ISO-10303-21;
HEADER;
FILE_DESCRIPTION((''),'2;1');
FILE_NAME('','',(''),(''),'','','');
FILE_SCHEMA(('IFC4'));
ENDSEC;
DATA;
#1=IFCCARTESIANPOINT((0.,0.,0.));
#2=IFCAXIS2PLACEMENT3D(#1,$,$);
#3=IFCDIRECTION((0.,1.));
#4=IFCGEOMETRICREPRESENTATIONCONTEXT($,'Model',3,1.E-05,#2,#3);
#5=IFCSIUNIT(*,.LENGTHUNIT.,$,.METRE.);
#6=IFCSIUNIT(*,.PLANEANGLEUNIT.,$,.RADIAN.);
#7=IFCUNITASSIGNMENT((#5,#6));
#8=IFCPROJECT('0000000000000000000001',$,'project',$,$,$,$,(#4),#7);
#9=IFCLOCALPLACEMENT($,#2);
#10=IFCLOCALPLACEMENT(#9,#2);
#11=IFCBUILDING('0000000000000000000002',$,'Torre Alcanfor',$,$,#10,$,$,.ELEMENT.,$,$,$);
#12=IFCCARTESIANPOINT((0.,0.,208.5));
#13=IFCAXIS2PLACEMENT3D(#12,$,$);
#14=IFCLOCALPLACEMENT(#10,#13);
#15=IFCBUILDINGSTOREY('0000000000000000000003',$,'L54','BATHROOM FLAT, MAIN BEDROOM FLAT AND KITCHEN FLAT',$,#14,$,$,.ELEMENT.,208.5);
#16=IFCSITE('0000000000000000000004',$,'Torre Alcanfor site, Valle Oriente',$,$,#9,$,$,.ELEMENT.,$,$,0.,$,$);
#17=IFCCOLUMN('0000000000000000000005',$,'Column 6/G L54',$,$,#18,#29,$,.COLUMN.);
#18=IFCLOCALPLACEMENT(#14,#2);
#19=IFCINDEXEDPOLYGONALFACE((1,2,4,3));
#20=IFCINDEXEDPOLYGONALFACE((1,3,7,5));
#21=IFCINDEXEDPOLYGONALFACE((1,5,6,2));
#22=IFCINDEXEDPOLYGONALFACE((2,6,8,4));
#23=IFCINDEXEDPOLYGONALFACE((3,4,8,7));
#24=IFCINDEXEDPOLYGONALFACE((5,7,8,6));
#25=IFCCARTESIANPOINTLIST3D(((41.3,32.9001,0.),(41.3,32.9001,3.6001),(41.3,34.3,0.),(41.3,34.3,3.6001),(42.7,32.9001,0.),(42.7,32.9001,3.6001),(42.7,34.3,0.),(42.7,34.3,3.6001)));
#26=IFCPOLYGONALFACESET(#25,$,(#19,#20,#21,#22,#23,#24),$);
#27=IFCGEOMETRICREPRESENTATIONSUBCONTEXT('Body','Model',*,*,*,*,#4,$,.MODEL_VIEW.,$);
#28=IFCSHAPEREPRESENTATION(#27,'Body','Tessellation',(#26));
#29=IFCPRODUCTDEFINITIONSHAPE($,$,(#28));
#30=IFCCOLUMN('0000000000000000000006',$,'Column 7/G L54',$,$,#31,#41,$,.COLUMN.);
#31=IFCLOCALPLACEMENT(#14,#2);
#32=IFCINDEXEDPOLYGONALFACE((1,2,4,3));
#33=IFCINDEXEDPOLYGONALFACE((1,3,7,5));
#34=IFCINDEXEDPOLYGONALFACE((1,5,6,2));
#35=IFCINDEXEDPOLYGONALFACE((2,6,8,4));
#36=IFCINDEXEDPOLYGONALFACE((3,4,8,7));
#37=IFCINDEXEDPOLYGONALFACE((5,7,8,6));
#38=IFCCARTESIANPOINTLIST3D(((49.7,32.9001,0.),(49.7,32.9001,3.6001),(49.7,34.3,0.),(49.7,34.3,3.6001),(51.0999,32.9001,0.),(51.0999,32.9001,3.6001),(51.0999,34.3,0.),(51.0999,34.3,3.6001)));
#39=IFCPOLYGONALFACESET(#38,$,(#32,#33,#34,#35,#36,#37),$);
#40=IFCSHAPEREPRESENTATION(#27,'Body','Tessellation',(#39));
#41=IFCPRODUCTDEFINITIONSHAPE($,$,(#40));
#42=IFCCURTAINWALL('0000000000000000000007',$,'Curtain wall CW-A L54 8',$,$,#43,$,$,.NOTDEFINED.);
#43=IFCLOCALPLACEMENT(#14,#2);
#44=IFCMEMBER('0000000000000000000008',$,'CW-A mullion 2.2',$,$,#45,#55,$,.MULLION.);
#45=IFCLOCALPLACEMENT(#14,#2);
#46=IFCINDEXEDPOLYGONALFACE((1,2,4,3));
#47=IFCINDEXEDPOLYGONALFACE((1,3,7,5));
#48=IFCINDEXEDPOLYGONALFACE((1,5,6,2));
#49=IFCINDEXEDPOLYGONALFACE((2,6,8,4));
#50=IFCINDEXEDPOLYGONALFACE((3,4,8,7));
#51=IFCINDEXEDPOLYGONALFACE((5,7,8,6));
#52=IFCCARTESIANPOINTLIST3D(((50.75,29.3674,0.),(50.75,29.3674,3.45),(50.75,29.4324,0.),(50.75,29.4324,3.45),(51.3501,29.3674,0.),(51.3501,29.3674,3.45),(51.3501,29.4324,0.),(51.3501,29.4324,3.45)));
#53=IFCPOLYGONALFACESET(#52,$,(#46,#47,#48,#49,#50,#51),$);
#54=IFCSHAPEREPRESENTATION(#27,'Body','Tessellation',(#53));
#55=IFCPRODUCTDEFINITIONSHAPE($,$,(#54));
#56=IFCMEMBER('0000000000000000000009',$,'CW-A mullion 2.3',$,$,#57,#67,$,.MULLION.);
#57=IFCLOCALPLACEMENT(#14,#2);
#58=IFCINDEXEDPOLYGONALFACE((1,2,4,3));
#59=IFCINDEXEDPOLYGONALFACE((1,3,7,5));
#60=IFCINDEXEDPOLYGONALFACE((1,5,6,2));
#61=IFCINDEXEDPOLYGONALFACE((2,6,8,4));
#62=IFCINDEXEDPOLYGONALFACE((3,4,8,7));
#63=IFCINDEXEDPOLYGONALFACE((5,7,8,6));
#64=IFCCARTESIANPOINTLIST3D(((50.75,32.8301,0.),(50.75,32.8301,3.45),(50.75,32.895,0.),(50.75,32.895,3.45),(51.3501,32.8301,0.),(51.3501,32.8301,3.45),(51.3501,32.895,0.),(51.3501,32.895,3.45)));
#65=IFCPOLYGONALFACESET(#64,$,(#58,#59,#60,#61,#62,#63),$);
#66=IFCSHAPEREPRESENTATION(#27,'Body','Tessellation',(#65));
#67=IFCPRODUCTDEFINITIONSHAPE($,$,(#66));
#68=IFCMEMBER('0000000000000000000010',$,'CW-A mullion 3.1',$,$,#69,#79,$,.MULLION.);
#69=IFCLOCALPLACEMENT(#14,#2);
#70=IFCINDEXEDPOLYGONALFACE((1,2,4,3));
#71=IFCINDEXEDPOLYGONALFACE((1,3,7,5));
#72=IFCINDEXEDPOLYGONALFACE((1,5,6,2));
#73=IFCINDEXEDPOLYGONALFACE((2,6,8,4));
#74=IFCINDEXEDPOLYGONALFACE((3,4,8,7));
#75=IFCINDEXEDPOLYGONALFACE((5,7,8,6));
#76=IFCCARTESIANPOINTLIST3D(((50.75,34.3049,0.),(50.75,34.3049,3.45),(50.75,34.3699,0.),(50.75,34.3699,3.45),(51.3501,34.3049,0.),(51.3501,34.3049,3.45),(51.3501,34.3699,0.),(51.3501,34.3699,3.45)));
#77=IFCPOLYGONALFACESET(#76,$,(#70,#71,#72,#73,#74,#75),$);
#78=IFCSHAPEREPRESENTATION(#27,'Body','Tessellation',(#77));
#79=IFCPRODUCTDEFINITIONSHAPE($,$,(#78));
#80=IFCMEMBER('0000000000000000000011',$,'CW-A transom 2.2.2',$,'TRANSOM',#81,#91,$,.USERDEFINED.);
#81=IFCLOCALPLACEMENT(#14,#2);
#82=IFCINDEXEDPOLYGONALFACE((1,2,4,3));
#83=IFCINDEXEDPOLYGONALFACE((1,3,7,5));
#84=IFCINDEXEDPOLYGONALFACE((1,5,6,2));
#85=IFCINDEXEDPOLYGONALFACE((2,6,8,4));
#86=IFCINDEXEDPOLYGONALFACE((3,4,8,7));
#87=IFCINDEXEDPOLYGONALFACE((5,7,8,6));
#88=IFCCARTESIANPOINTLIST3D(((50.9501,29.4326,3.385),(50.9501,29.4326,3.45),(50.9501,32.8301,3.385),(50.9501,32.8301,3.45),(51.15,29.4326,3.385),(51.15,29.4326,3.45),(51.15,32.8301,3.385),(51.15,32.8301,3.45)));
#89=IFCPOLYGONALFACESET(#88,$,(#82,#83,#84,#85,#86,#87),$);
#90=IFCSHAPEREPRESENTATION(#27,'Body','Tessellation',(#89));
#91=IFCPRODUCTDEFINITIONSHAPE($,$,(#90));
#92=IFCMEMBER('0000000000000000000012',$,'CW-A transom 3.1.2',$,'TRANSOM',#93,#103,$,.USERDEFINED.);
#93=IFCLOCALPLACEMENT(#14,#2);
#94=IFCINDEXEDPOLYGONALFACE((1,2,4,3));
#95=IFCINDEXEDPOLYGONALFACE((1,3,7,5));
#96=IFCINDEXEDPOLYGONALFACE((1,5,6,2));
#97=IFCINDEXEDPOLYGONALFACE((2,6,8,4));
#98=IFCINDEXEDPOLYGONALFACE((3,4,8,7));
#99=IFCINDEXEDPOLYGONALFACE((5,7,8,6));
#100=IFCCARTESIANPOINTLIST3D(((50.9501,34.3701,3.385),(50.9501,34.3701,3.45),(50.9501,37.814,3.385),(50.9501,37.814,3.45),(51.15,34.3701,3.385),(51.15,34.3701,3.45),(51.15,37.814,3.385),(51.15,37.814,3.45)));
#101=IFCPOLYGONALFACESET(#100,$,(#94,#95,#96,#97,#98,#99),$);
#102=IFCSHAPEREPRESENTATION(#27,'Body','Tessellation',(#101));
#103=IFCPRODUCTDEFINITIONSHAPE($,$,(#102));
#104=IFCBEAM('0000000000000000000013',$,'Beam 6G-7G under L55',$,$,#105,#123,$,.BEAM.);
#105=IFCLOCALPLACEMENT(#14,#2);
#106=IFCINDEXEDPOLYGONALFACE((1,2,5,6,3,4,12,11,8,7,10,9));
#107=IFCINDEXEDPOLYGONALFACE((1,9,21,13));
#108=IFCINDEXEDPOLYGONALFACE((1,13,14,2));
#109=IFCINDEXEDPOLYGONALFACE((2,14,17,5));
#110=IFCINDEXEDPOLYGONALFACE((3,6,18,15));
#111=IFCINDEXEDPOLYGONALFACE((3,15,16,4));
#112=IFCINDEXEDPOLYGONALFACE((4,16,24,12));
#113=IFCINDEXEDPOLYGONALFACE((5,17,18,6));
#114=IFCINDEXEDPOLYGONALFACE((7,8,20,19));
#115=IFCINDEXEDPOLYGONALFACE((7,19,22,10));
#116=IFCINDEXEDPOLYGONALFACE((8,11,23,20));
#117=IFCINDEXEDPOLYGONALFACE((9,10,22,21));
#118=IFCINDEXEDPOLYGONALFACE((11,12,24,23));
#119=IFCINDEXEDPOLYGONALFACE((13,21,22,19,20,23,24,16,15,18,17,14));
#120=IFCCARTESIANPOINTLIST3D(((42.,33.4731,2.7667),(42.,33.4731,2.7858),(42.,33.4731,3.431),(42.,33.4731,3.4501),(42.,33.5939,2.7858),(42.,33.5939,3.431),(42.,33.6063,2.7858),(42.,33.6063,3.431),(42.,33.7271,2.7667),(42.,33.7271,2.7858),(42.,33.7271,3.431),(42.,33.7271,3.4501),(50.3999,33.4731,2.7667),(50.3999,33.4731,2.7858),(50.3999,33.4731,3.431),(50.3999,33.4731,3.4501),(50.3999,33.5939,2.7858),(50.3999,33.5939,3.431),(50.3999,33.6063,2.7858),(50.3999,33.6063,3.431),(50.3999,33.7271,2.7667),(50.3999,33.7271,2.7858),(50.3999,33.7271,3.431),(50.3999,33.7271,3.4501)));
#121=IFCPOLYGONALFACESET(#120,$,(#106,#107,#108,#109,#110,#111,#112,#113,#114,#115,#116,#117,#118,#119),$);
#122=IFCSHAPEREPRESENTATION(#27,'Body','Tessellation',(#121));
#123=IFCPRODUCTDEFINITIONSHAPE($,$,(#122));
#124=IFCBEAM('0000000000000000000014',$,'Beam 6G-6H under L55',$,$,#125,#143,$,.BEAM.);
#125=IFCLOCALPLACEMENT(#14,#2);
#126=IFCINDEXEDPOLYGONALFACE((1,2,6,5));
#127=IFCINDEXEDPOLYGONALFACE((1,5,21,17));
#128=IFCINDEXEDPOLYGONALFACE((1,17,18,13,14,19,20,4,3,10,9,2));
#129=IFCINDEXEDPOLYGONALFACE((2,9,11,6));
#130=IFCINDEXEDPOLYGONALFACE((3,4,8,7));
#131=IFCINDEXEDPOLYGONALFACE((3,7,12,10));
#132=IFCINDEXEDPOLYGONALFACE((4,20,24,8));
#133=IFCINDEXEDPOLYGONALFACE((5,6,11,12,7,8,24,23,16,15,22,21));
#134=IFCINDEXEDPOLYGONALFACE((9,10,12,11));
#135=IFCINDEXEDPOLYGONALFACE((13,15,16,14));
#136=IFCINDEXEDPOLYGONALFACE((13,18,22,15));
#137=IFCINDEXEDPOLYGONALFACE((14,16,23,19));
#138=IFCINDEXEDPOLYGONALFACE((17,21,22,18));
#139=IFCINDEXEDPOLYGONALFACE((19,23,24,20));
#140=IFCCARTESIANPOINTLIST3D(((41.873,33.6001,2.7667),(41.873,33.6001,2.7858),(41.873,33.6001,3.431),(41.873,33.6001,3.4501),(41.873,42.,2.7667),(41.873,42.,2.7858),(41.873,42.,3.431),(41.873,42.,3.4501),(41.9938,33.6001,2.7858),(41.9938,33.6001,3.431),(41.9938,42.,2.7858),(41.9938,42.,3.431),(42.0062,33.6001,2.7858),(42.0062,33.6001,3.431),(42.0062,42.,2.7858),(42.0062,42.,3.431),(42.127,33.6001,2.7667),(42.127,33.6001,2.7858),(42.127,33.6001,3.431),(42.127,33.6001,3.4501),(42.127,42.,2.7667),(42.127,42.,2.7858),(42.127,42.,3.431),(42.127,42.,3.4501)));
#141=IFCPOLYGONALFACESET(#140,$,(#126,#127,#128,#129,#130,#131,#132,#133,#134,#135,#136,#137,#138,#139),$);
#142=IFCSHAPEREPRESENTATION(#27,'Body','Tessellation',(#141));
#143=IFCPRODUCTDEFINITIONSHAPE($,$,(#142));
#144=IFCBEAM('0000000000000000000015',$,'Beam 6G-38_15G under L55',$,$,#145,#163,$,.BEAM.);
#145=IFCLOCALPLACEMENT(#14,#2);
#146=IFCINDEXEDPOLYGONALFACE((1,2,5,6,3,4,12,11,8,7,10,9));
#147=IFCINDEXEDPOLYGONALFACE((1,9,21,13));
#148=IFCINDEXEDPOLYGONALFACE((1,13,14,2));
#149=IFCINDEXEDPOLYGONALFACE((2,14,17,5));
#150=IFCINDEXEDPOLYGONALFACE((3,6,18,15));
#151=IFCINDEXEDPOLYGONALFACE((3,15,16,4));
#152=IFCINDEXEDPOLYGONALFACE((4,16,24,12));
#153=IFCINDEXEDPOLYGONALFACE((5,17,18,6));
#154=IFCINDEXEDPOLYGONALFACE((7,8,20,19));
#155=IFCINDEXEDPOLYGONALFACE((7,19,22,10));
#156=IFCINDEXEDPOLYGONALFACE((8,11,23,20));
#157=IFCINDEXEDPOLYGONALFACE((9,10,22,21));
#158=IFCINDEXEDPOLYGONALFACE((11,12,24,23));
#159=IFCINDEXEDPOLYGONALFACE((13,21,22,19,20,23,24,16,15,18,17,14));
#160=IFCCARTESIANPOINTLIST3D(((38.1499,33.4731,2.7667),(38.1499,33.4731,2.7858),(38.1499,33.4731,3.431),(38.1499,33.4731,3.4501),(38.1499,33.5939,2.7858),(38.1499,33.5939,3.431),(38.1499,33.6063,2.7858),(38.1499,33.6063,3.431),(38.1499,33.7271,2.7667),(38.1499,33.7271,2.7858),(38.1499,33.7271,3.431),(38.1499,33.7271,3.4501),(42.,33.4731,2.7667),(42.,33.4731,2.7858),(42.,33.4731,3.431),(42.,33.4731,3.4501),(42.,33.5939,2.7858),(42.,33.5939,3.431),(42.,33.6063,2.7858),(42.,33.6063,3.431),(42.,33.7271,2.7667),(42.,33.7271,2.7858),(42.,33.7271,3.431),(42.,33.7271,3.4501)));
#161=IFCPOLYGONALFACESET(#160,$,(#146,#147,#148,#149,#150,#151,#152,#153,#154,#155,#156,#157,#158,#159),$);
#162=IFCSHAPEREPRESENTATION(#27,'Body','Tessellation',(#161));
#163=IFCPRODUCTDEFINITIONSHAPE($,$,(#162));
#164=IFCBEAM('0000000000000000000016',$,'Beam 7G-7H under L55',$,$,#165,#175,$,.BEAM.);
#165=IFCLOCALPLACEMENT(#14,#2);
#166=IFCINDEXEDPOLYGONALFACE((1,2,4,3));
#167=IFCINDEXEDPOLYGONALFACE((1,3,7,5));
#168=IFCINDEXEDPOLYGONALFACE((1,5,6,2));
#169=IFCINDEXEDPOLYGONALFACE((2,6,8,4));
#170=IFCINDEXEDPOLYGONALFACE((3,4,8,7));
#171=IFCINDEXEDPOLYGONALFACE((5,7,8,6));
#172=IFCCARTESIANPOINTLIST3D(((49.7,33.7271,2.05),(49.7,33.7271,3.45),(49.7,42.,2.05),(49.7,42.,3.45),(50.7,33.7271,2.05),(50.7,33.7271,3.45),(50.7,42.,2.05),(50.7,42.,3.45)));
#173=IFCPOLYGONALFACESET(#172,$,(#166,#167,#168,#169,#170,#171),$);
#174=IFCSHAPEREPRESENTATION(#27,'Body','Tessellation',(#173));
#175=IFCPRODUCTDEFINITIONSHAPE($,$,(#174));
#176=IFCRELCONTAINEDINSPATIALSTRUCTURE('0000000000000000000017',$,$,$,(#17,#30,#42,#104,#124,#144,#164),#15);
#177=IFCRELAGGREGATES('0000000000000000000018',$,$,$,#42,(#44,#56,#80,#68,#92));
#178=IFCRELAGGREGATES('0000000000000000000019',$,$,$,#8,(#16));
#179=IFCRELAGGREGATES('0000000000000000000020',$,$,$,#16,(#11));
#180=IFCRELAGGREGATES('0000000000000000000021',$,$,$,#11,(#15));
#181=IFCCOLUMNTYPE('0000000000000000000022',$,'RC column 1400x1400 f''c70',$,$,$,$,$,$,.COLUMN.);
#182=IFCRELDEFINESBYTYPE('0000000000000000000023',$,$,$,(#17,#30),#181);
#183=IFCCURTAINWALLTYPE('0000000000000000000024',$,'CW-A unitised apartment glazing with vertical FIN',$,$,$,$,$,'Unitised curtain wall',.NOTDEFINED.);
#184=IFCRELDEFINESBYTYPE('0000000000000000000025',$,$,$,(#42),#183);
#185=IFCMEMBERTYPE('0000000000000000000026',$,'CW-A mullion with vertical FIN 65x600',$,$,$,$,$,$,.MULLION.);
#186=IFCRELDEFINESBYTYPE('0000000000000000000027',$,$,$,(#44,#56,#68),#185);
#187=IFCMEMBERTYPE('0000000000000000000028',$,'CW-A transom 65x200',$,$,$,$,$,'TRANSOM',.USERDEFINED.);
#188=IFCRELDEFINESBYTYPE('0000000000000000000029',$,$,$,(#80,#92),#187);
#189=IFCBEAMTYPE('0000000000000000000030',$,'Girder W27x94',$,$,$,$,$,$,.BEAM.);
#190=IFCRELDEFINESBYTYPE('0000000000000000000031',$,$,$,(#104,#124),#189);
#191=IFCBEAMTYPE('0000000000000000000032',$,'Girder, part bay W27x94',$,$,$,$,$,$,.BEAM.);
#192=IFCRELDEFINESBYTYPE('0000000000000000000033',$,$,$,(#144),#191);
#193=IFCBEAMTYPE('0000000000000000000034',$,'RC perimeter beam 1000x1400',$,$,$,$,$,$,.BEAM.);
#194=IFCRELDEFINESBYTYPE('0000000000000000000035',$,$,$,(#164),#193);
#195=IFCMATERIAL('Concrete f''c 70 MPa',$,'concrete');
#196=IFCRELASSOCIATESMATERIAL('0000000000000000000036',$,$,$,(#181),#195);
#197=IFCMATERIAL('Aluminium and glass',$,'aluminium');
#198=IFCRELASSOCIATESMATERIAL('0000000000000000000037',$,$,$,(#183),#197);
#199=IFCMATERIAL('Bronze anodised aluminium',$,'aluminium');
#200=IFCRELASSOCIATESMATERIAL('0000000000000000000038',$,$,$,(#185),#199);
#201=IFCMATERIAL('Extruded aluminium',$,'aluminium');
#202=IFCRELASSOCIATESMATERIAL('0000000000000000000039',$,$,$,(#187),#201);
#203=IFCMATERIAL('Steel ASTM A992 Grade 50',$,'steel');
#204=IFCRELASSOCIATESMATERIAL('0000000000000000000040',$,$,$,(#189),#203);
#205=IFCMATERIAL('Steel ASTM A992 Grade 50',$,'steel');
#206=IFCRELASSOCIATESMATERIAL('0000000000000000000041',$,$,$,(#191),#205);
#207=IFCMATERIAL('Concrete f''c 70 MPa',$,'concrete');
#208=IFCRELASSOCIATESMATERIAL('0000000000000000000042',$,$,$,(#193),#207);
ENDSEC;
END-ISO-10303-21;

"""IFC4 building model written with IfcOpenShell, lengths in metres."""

from ifc_helpers import new_model, si_unit, direction, frame, origin, origin_2d, place, context, subcontext, project, spatial, rectangle, i_section, extrude, material, material_profile, profile_set, type_object, element, aggregate, save


model = new_model("IFC4")

# Units and contexts
model_context = context("Model", 3, precision=1e-05, world=origin(), true_north=direction((0.0, 1.0)))
body_context = subcontext(model_context, "Body", "Model", "MODEL_VIEW")
ifc_project = project(units=[si_unit("LENGTHUNIT", "METRE"), si_unit("PLANEANGLEUNIT", "RADIAN")], contexts=[model_context])

# Site, building, storey
site_placement = place(None, origin())
site = spatial("IfcSite", under=ifc_project, at=site_placement, Name="Torre Alcanfor site, Valle Oriente", CompositionType="ELEMENT", RefElevation=0.0)
building_placement = place(site_placement, origin())
building = spatial("IfcBuilding", under=site, at=building_placement, Name="Torre Alcanfor", CompositionType="ELEMENT")
storey_placement = place(building_placement, frame((0.0, 0.0, 208.5)))
storey = spatial("IfcBuildingStorey", under=building, at=storey_placement, Name="L54", Description="BATHROOM FLAT, MAIN BEDROOM FLAT AND KITCHEN FLAT", CompositionType="ELEMENT", Elevation=208.5)

# Columns
ifc_material_1 = material(Name="Concrete f'c 70 MPa", Category="concrete")
ifc_material_profile_1 = material_profile(ifc_material_1, rectangle(XDim=1.3999, YDim=1.3999, at=origin_2d()), Name="1400x1400")
ifc_profile_set_1 = profile_set([ifc_material_profile_1], Name="Concrete f'c 70 MPa")
column_type = type_object("IfcColumnType", Name="RC column 1400x1400 f'c70", PredefinedType="COLUMN", material=ifc_profile_set_1)
for number, where, z_axis, x_axis, name in (
    (1, (42.0, 33.6001, 0.0), (0.0, 0.0, 1.0), (1.0, 0.0, 0.0), "Column 6/G L54"),
    (2, (50.3999, 33.6001, 0.0), (0.0, 0.0, 1.0), (1.0, 0.0, 0.0), "Column 7/G L54"),
):
    element("IfcColumn", number, at=place(storey_placement, frame(where, z_axis=z_axis, x_axis=x_axis)), inside=storey, type_object=column_type, Name=name, PredefinedType="COLUMN", context=body_context, shape_type="SweptSolid", body=[
        extrude(rectangle(XDim=1.3999, YDim=1.3999, at=origin_2d()), origin(), (0.0, 0.0, 1.0), 3.6001),
    ])

# Curtain wall, members
ifc_material_2 = material(Name="Aluminium and glass", Category="aluminium")
curtain_wall_type = type_object("IfcCurtainWallType", Name="CW-A unitised apartment glazing with vertical FIN", ElementType="Unitised curtain wall", PredefinedType="NOTDEFINED", material=ifc_material_2)
curtain_wall_placement = place(storey_placement, origin())
curtain_wall = element("IfcCurtainWall", 3, at=curtain_wall_placement, inside=storey, type_object=curtain_wall_type, Name="Curtain wall CW-A L54 8", PredefinedType="NOTDEFINED")
ifc_material_3 = material(Name="Bronze anodised aluminium", Category="aluminium")
ifc_material_profile_2 = material_profile(ifc_material_3, rectangle(XDim=0.6001, YDim=0.0649, at=origin_2d()), Name="CW-A mullion 65x600")
ifc_profile_set_2 = profile_set([ifc_material_profile_2], Name="Bronze anodised aluminium")
member_type_1 = type_object("IfcMemberType", Name="CW-A mullion with vertical FIN 65x600", PredefinedType="MULLION", material=ifc_profile_set_2)
member_1_placement = place(storey_placement, frame((51.05, 29.3999, 0.0), z_axis=(0.0, 0.0, 1.0), x_axis=(-1.0, 0.0, 0.0)))
member_1 = element("IfcMember", 4, at=member_1_placement, type_object=member_type_1, Name="CW-A mullion 2.2", PredefinedType="MULLION", context=body_context, shape_type="SweptSolid", body=[
    extrude(rectangle(XDim=0.6001, YDim=0.0649, at=origin_2d()), origin(), (0.0, 0.0, 1.0), 3.45),
])
member_2_placement = place(storey_placement, frame((51.05, 32.8625, 0.0), z_axis=(0.0, 0.0, 1.0), x_axis=(-1.0, 0.0, 0.0)))
member_2 = element("IfcMember", 5, at=member_2_placement, type_object=member_type_1, Name="CW-A mullion 2.3", PredefinedType="MULLION", context=body_context, shape_type="SweptSolid", body=[
    extrude(rectangle(XDim=0.6001, YDim=0.0649, at=origin_2d()), origin(), (0.0, 0.0, 1.0), 3.45),
])
member_3_placement = place(storey_placement, frame((51.05, 34.3374, 0.0), z_axis=(0.0, 0.0, 1.0), x_axis=(-1.0, 0.0, 0.0)))
member_3 = element("IfcMember", 6, at=member_3_placement, type_object=member_type_1, Name="CW-A mullion 3.1", PredefinedType="MULLION", context=body_context, shape_type="SweptSolid", body=[
    extrude(rectangle(XDim=0.6001, YDim=0.0649, at=origin_2d()), origin(), (0.0, 0.0, 1.0), 3.45),
])
ifc_material_4 = material(Name="Extruded aluminium", Category="aluminium")
ifc_material_profile_3 = material_profile(ifc_material_4, rectangle(XDim=0.2, YDim=0.0649, at=origin_2d()), Name="CW-A transom 200x65")
ifc_profile_set_3 = profile_set([ifc_material_profile_3], Name="Extruded aluminium")
member_type_2 = type_object("IfcMemberType", Name="CW-A transom 65x200", ElementType="TRANSOM", PredefinedType="USERDEFINED", material=ifc_profile_set_3)
member_4_placement = place(storey_placement, frame((51.05, 29.4326, 3.4175), z_axis=(0.0, 1.0, 0.0), x_axis=(-1.0, 0.0, 0.0)))
member_4 = element("IfcMember", 7, at=member_4_placement, type_object=member_type_2, Name="CW-A transom 2.2.2", ObjectType="TRANSOM", PredefinedType="USERDEFINED", context=body_context, shape_type="SweptSolid", body=[
    extrude(rectangle(XDim=0.2, YDim=0.0649, at=origin_2d()), origin(), (0.0, 0.0, 1.0), 3.3975),
])
member_5_placement = place(storey_placement, frame((51.05, 34.3701, 3.4175), z_axis=(0.0, 1.0, 0.0), x_axis=(-1.0, 0.0, 0.0)))
member_5 = element("IfcMember", 8, at=member_5_placement, type_object=member_type_2, Name="CW-A transom 3.1.2", ObjectType="TRANSOM", PredefinedType="USERDEFINED", context=body_context, shape_type="SweptSolid", body=[
    extrude(rectangle(XDim=0.2, YDim=0.0649, at=origin_2d()), origin(), (0.0, 0.0, 1.0), 3.4438),
])

# Beams
ifc_material_5 = material(Name="Steel ASTM A992 Grade 50", Category="steel")
ifc_material_profile_4 = material_profile(ifc_material_5, i_section(OverallWidth=0.2539, OverallDepth=0.6833, WebThickness=0.0125, FlangeThickness=0.019, at=origin_2d()), Name="W27x94")
ifc_profile_set_4 = profile_set([ifc_material_profile_4], Name="Steel ASTM A992 Grade 50")
beam_type_1 = type_object("IfcBeamType", Name="Girder W27x94", PredefinedType="BEAM", material=ifc_profile_set_4)
for number, where, z_axis, x_axis, name in (
    (9, (42.0, 33.6001, 3.1084), (1.0, 0.0, 0.0), (0.0, 1.0, 0.0), "Beam 6G-7G under L55"),
    (10, (42.0, 33.6001, 3.1084), (0.0, 1.0, 0.0), (-1.0, 0.0, 0.0), "Beam 6G-6H under L55"),
):
    element("IfcBeam", number, at=place(storey_placement, frame(where, z_axis=z_axis, x_axis=x_axis)), inside=storey, type_object=beam_type_1, Name=name, PredefinedType="BEAM", context=body_context, shape_type="SweptSolid", body=[
        extrude(i_section(OverallWidth=0.2539, OverallDepth=0.6833, WebThickness=0.0125, FlangeThickness=0.019, at=origin_2d()), origin(), (0.0, 0.0, 1.0), 8.3999),
    ])
ifc_material_6 = material(Name="Steel ASTM A992 Grade 50", Category="steel")
ifc_material_profile_5 = material_profile(ifc_material_6, i_section(OverallWidth=0.2539, OverallDepth=0.6833, WebThickness=0.0125, FlangeThickness=0.019, at=origin_2d()), Name="W27x94")
ifc_profile_set_5 = profile_set([ifc_material_profile_5], Name="Steel ASTM A992 Grade 50")
beam_type_2 = type_object("IfcBeamType", Name="Girder, part bay W27x94", PredefinedType="BEAM", material=ifc_profile_set_5)
beam_1_placement = place(storey_placement, frame((42.0, 33.6001, 3.1084), z_axis=(-1.0, 0.0, 0.0), x_axis=(0.0, -1.0, 0.0)))
element("IfcBeam", 11, at=beam_1_placement, inside=storey, type_object=beam_type_2, Name="Beam 6G-38_15G under L55", PredefinedType="BEAM", context=body_context, shape_type="SweptSolid", body=[
    extrude(i_section(OverallWidth=0.2539, OverallDepth=0.6833, WebThickness=0.0125, FlangeThickness=0.019, at=origin_2d()), origin(), (0.0, 0.0, 1.0), 3.8501),
])
ifc_material_7 = material(Name="Concrete f'c 70 MPa", Category="concrete")
ifc_material_profile_6 = material_profile(ifc_material_7, rectangle(XDim=1.0, YDim=1.3999, at=origin_2d()), Name="1000x1400")
ifc_profile_set_6 = profile_set([ifc_material_profile_6], Name="Concrete f'c 70 MPa")
beam_type_3 = type_object("IfcBeamType", Name="RC perimeter beam 1000x1400", PredefinedType="BEAM", material=ifc_profile_set_6)
beam_2_placement = place(storey_placement, frame((50.2, 33.7271, 2.75), z_axis=(0.0, 1.0, 0.0), x_axis=(-1.0, 0.0, 0.0)))
element("IfcBeam", 12, at=beam_2_placement, inside=storey, type_object=beam_type_3, Name="Beam 7G-7H under L55", PredefinedType="BEAM", context=body_context, shape_type="SweptSolid", body=[
    extrude(rectangle(XDim=1.0, YDim=1.3999, at=origin_2d()), origin(), (0.0, 0.0, 1.0), 8.2729),
])

aggregate(curtain_wall, [member_1, member_2, member_4, member_3, member_5])

save(model, "model.ifc")
